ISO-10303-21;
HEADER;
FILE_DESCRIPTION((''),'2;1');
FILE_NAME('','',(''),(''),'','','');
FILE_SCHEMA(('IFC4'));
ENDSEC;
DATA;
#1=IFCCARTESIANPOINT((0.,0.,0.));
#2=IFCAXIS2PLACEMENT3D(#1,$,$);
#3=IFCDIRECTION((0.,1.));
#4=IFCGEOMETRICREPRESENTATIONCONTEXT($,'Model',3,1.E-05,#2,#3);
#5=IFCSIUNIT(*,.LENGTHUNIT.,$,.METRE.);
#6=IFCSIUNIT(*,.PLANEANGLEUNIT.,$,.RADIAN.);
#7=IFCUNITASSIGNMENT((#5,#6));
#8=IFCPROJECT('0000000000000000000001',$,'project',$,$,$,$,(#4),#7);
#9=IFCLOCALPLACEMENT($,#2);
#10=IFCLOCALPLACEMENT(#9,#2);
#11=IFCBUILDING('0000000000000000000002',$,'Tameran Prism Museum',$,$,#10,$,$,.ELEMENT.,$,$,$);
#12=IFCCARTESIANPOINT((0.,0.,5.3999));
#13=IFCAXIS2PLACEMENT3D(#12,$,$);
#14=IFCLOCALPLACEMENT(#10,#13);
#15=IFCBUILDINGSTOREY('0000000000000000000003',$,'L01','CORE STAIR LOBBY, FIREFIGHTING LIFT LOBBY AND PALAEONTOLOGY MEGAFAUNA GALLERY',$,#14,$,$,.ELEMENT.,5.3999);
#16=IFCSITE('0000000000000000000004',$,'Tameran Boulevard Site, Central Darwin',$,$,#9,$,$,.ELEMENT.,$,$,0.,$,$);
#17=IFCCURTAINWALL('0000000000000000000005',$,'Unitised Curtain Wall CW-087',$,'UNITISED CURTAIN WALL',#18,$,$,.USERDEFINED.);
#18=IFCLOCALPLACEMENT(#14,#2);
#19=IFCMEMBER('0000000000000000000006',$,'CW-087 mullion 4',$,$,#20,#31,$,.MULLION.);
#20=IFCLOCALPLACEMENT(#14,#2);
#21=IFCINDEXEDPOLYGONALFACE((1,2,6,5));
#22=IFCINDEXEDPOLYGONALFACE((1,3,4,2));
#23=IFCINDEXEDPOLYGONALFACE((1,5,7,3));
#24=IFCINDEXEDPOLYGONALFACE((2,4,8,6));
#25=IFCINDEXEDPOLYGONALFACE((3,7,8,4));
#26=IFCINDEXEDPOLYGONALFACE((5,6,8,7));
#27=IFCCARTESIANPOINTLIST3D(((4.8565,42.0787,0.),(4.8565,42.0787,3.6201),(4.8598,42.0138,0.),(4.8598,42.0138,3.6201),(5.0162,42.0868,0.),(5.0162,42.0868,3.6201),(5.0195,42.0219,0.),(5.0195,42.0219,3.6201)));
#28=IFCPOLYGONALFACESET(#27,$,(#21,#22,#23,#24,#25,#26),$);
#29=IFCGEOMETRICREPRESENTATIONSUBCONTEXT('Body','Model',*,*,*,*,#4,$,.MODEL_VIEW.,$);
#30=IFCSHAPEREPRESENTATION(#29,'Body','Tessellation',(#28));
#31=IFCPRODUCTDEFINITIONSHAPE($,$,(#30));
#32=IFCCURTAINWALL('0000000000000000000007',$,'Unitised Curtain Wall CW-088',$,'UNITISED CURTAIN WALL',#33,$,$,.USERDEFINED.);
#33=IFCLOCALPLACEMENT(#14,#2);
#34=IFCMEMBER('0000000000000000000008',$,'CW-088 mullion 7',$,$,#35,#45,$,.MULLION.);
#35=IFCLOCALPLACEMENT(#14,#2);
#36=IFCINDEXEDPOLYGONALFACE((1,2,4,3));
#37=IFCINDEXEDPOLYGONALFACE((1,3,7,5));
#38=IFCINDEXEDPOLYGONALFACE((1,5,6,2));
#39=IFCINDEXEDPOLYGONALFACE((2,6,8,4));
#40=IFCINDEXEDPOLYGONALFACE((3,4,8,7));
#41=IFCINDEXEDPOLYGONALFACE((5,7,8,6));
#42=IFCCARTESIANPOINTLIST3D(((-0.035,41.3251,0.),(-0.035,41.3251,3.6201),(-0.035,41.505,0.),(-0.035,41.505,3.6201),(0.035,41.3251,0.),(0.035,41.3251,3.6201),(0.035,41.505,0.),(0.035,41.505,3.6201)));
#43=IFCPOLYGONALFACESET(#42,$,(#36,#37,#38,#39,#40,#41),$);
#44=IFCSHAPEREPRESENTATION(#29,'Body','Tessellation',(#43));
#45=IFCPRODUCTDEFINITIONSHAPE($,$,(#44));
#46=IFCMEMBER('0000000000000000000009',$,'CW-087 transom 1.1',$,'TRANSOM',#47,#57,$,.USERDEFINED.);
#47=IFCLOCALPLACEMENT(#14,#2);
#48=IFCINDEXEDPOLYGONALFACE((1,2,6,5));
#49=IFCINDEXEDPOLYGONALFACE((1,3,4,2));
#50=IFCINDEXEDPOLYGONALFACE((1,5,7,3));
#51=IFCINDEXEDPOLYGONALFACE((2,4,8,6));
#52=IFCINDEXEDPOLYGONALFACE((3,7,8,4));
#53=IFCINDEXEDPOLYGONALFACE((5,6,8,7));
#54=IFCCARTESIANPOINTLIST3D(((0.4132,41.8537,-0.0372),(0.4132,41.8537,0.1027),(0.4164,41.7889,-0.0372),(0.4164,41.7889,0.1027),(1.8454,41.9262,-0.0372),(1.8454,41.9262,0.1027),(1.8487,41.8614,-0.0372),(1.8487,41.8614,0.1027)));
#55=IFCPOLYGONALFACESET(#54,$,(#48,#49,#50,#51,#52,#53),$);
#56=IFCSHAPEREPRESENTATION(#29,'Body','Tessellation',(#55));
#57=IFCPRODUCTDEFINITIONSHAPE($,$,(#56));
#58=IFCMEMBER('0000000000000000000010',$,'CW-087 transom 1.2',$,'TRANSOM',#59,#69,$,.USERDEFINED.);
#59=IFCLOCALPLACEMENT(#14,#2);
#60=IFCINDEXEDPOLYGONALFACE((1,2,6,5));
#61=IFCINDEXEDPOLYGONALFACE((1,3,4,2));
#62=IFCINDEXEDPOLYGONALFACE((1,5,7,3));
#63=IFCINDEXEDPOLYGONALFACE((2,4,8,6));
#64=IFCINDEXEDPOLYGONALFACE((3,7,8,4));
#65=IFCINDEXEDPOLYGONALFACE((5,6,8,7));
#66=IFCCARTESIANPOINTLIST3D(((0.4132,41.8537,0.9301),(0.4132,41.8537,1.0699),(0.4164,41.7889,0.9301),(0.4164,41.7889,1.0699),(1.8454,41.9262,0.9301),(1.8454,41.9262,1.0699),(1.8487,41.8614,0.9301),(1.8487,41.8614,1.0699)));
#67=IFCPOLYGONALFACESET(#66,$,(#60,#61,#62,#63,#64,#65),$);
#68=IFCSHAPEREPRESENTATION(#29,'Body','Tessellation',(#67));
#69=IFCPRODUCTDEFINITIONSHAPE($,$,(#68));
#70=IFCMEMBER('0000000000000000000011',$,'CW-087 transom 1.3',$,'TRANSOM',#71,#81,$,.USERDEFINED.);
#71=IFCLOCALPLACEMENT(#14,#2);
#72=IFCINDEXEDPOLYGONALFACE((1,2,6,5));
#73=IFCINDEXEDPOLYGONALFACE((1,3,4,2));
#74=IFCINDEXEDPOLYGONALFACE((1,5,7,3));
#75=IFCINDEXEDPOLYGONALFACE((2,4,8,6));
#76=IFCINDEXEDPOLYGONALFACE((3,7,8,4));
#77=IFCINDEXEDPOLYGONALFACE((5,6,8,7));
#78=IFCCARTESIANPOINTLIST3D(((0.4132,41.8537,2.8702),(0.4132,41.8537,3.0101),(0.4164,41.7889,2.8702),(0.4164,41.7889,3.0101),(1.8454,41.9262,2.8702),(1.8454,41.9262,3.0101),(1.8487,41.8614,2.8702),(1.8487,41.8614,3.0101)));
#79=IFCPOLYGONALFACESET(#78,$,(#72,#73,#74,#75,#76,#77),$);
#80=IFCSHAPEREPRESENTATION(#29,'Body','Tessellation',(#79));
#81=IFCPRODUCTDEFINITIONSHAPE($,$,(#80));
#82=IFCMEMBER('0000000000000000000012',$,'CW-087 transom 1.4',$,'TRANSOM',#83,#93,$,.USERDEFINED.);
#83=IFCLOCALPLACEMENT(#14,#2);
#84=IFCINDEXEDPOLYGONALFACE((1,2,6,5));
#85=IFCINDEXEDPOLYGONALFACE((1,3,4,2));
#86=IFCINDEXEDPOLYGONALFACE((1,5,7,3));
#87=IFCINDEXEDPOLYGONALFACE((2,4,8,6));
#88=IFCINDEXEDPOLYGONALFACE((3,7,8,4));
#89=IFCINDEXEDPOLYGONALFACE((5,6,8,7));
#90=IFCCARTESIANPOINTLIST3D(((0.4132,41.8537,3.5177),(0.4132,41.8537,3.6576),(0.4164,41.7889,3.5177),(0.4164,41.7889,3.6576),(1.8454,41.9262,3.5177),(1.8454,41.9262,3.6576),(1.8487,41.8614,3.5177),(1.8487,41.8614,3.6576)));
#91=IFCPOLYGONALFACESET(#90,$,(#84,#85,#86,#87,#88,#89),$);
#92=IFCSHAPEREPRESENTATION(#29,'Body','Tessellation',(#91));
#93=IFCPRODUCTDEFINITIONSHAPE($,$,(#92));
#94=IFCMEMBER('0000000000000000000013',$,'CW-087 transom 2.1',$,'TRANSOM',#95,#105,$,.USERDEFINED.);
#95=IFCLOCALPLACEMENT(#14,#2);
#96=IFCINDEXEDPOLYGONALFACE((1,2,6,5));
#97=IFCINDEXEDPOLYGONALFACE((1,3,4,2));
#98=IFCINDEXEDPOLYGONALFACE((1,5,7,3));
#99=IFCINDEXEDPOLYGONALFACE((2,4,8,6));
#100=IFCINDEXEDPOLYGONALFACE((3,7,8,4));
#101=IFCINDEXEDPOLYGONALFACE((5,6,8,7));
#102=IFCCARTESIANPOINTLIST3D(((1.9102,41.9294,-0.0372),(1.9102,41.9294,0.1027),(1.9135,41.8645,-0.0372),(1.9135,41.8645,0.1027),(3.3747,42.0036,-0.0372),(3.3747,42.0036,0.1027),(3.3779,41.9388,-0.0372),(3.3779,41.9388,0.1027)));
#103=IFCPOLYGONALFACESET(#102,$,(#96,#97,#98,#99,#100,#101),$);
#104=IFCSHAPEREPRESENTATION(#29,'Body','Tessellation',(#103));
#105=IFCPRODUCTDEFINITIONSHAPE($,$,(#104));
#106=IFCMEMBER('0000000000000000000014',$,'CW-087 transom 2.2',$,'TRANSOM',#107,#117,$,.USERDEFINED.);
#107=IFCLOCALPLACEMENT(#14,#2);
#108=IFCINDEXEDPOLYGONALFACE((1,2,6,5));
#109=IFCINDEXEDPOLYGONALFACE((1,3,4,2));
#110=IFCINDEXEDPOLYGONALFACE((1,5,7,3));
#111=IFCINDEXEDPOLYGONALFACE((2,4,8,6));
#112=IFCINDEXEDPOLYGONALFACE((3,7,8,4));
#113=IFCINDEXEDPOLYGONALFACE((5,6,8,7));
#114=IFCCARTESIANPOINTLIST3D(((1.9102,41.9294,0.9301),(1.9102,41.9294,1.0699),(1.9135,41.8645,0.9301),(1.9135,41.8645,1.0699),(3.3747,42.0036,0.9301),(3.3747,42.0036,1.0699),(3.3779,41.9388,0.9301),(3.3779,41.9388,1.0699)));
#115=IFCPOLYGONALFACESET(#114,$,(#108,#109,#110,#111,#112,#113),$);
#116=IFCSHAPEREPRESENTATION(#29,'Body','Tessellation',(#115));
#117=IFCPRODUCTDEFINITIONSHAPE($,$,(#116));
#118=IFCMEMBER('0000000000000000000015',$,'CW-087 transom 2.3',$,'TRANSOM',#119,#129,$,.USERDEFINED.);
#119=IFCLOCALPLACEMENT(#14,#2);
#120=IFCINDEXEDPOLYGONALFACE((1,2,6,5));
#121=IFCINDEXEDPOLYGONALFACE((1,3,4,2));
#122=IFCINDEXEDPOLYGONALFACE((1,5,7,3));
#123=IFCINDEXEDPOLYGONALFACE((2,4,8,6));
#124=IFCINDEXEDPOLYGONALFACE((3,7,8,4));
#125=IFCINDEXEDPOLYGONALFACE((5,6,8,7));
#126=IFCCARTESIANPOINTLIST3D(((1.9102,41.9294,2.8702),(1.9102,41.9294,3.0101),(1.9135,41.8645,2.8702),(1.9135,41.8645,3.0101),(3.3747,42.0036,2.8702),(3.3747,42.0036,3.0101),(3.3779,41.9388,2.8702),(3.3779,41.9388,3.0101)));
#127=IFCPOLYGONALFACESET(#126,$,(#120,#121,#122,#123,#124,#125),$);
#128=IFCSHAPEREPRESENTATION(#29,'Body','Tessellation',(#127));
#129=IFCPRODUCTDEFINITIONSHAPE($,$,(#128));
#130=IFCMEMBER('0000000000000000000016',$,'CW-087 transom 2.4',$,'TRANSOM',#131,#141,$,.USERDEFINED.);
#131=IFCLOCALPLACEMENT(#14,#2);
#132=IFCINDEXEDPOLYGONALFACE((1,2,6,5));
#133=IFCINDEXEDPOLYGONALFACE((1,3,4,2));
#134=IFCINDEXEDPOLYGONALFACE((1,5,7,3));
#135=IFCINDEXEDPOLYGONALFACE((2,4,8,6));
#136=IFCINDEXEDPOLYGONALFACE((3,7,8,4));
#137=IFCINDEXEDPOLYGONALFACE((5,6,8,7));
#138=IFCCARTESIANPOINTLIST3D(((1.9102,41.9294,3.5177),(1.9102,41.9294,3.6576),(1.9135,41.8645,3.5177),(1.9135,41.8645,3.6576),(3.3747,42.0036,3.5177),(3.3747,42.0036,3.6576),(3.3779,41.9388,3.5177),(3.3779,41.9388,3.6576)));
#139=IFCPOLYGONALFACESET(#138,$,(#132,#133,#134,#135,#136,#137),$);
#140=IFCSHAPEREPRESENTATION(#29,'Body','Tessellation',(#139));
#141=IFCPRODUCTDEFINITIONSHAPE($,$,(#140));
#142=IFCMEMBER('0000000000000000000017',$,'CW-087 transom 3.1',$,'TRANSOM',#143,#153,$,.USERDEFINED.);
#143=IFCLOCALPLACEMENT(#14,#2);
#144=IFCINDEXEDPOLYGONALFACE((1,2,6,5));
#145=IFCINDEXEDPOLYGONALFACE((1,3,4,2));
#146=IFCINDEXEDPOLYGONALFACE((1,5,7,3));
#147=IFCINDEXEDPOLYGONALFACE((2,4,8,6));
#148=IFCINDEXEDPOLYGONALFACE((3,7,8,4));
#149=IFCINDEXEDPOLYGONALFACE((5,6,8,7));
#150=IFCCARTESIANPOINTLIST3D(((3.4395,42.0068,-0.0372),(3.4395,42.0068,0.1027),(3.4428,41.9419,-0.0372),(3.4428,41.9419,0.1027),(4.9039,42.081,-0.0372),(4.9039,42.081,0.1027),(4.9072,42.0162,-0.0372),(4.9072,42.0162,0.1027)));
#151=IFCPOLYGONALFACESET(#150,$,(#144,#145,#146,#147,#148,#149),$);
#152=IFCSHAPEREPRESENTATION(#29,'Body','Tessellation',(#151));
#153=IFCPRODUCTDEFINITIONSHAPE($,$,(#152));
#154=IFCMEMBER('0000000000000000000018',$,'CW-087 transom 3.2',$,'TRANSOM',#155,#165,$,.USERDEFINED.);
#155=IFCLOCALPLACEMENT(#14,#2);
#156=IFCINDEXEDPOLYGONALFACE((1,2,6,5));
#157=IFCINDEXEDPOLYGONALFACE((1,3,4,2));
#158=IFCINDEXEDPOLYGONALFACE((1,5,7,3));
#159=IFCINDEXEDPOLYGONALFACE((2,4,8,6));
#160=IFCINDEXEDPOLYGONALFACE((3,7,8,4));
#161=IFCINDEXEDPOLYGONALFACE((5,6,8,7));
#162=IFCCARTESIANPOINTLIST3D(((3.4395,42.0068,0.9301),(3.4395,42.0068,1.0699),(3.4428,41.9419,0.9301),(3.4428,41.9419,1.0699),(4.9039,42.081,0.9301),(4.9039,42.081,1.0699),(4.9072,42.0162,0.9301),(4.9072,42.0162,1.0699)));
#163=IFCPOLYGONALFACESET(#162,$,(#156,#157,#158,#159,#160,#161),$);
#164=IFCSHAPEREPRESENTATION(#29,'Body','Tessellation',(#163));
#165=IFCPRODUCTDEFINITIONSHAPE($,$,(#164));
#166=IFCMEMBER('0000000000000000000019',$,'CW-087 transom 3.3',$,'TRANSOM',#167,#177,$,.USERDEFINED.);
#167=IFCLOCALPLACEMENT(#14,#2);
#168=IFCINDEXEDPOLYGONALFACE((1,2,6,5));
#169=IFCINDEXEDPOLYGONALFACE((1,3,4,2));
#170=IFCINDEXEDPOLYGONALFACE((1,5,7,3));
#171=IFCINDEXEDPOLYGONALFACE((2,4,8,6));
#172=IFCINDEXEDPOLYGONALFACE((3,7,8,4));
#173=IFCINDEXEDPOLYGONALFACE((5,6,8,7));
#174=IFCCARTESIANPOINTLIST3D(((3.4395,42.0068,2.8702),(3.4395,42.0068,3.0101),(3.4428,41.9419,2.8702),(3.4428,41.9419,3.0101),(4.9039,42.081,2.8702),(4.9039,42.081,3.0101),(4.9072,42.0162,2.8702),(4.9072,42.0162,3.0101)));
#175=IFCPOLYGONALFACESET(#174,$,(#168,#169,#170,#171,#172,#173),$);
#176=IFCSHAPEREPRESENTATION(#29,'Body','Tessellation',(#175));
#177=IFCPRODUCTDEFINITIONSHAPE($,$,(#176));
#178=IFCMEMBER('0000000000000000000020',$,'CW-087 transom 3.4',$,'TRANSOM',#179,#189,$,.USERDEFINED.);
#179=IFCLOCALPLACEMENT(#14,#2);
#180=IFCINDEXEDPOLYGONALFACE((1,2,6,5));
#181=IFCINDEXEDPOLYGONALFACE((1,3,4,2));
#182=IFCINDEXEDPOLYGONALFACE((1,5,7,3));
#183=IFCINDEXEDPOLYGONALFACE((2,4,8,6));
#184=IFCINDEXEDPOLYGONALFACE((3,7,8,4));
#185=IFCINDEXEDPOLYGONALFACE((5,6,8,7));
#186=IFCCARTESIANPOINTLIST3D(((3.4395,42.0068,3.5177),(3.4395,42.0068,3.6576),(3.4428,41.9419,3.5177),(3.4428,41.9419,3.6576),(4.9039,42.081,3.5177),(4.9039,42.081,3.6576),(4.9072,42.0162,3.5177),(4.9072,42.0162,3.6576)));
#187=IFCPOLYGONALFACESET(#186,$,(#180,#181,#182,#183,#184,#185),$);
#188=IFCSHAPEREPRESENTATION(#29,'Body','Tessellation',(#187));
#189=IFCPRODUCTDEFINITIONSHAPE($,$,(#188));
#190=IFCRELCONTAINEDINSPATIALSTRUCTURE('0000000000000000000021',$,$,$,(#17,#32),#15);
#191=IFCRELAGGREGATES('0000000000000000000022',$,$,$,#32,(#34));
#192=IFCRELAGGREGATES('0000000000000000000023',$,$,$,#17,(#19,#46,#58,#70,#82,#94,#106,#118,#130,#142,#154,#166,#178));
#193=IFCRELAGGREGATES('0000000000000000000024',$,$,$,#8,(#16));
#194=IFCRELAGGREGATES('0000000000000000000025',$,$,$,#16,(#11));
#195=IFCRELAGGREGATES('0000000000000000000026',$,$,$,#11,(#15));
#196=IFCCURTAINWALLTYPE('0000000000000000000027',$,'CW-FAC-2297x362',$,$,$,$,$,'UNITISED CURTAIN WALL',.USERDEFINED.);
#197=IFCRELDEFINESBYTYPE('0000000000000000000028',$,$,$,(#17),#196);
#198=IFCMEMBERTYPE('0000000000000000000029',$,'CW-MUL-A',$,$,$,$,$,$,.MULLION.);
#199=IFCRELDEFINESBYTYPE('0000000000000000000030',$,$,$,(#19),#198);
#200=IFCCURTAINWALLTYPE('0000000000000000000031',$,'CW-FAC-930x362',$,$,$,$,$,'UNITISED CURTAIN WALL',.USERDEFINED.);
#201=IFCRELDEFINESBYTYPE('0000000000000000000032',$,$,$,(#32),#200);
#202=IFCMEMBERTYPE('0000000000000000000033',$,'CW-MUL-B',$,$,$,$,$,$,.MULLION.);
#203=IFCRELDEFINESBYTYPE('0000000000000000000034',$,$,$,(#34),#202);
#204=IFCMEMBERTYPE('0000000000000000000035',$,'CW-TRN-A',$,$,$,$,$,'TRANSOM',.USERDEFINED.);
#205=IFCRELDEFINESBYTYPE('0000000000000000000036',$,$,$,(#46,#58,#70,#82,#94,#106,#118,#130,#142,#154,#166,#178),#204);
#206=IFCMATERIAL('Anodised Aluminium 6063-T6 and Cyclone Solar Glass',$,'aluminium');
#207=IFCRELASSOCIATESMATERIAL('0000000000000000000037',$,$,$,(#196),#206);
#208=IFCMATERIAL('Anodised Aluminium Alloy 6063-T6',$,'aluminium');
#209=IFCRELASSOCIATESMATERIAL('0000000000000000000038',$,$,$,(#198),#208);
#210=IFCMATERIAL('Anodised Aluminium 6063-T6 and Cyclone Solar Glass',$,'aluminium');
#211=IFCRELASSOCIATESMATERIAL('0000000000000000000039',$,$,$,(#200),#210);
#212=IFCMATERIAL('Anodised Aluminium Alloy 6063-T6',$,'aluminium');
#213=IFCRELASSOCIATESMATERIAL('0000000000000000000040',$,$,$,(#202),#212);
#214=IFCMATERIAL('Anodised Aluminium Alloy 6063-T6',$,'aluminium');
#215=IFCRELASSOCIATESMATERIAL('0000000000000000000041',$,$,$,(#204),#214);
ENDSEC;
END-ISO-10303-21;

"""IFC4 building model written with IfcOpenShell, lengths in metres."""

from ifc_helpers import new_model, si_unit, direction, frame, origin, origin_2d, place, context, subcontext, project, spatial, rectangle, extrude, material, material_profile, profile_set, type_object, element, aggregate, save


model = new_model("IFC4")

# Units and contexts
model_context = context("Model", 3, precision=1e-05, world=origin(), true_north=direction((0.0, 1.0)))
body_context = subcontext(model_context, "Body", "Model", "MODEL_VIEW")
ifc_project = project(units=[si_unit("LENGTHUNIT", "METRE"), si_unit("PLANEANGLEUNIT", "RADIAN")], contexts=[model_context])

# Site, building, storey
site_placement = place(None, origin())
site = spatial("IfcSite", under=ifc_project, at=site_placement, Name="Tameran Boulevard Site, Central Darwin", CompositionType="ELEMENT", RefElevation=0.0)
building_placement = place(site_placement, origin())
building = spatial("IfcBuilding", under=site, at=building_placement, Name="Tameran Prism Museum", CompositionType="ELEMENT")
storey_placement = place(building_placement, frame((0.0, 0.0, 5.3999)))
storey = spatial("IfcBuildingStorey", under=building, at=storey_placement, Name="L01", Description="CORE STAIR LOBBY, FIREFIGHTING LIFT LOBBY AND PALAEONTOLOGY MEGAFAUNA GALLERY", CompositionType="ELEMENT", Elevation=5.3999)

# Curtain wall, member
ifc_material_1 = material(Name="Anodised Aluminium 6063-T6 and Cyclone Solar Glass", Category="aluminium")
curtain_wall_type_1 = type_object("IfcCurtainWallType", Name="CW-FAC-2297x362", ElementType="UNITISED CURTAIN WALL", PredefinedType="USERDEFINED", material=ifc_material_1)
curtain_wall_1_placement = place(storey_placement, origin())
curtain_wall_1 = element("IfcCurtainWall", 1, at=curtain_wall_1_placement, inside=storey, type_object=curtain_wall_type_1, Name="Unitised Curtain Wall CW-087", ObjectType="UNITISED CURTAIN WALL", PredefinedType="USERDEFINED")
ifc_material_2 = material(Name="Anodised Aluminium Alloy 6063-T6", Category="aluminium")
ifc_material_profile_1 = material_profile(ifc_material_2, rectangle(XDim=0.0649, YDim=0.1599, at=origin_2d()))
ifc_profile_set_1 = profile_set([ifc_material_profile_1])
member_type_1 = type_object("IfcMemberType", Name="CW-MUL-A", PredefinedType="MULLION", material=ifc_profile_set_1)
member_1_placement = place(storey_placement, frame((4.938, 42.0503, 0.0), z_axis=(0.0, 0.0, 1.0), x_axis=(-0.050546, 0.998722, 0.0)))
member_1 = element("IfcMember", 2, at=member_1_placement, type_object=member_type_1, Name="CW-087 mullion 4", PredefinedType="MULLION", context=body_context, shape_type="SweptSolid", body=[
    extrude(rectangle(XDim=0.0649, YDim=0.1599, at=origin_2d()), origin(), (0.0, 0.0, 1.0), 3.6201),
])

# Curtain wall, member
ifc_material_3 = material(Name="Anodised Aluminium 6063-T6 and Cyclone Solar Glass", Category="aluminium")
curtain_wall_type_2 = type_object("IfcCurtainWallType", Name="CW-FAC-930x362", ElementType="UNITISED CURTAIN WALL", PredefinedType="USERDEFINED", material=ifc_material_3)
curtain_wall_2_placement = place(storey_placement, origin())
curtain_wall_2 = element("IfcCurtainWall", 3, at=curtain_wall_2_placement, inside=storey, type_object=curtain_wall_type_2, Name="Unitised Curtain Wall CW-088", ObjectType="UNITISED CURTAIN WALL", PredefinedType="USERDEFINED")
ifc_material_4 = material(Name="Anodised Aluminium Alloy 6063-T6", Category="aluminium")
ifc_material_profile_2 = material_profile(ifc_material_4, rectangle(XDim=0.0701, YDim=0.1799, at=origin_2d()))
ifc_profile_set_2 = profile_set([ifc_material_profile_2])
member_type_2 = type_object("IfcMemberType", Name="CW-MUL-B", PredefinedType="MULLION", material=ifc_profile_set_2)
member_2_placement = place(storey_placement, frame((0.0, 41.415, 0.0), z_axis=(0.0, 0.0, 1.0), x_axis=(-1.0, 0.0, 0.0)))
member_2 = element("IfcMember", 4, at=member_2_placement, type_object=member_type_2, Name="CW-088 mullion 7", PredefinedType="MULLION", context=body_context, shape_type="SweptSolid", body=[
    extrude(rectangle(XDim=0.0701, YDim=0.1799, at=origin_2d()), origin(), (0.0, 0.0, 1.0), 3.6201),
])
aggregate(curtain_wall_2, [member_2])

# Members
ifc_material_5 = material(Name="Anodised Aluminium Alloy 6063-T6", Category="aluminium")
ifc_material_profile_3 = material_profile(ifc_material_5, rectangle(XDim=0.0649, YDim=0.1399, at=origin_2d()))
ifc_profile_set_3 = profile_set([ifc_material_profile_3])
member_type_3 = type_object("IfcMemberType", Name="CW-TRN-A", ElementType="TRANSOM", PredefinedType="USERDEFINED", material=ifc_profile_set_3)
member_3_placement = place(storey_placement, frame((0.4148, 41.8213, 0.0327), z_axis=(0.998721, 0.050566, 0.0), x_axis=(-0.050566, 0.998721, 0.0)))
member_3 = element("IfcMember", 5, at=member_3_placement, type_object=member_type_3, Name="CW-087 transom 1.1", ObjectType="TRANSOM", PredefinedType="USERDEFINED", context=body_context, shape_type="SweptSolid", body=[
    extrude(rectangle(XDim=0.0649, YDim=0.1399, at=origin_2d()), origin(), (0.0, 0.0, 1.0), 1.4341),
])
member_4_placement = place(storey_placement, frame((0.4148, 41.8213, 1.0), z_axis=(0.998721, 0.050566, 0.0), x_axis=(-0.050566, 0.998721, 0.0)))
member_4 = element("IfcMember", 6, at=member_4_placement, type_object=member_type_3, Name="CW-087 transom 1.2", ObjectType="TRANSOM", PredefinedType="USERDEFINED", context=body_context, shape_type="SweptSolid", body=[
    extrude(rectangle(XDim=0.0649, YDim=0.1399, at=origin_2d()), origin(), (0.0, 0.0, 1.0), 1.4341),
])
member_5_placement = place(storey_placement, frame((0.4148, 41.8213, 2.9402), z_axis=(0.998721, 0.050566, 0.0), x_axis=(-0.050566, 0.998721, 0.0)))
member_5 = element("IfcMember", 7, at=member_5_placement, type_object=member_type_3, Name="CW-087 transom 1.3", ObjectType="TRANSOM", PredefinedType="USERDEFINED", context=body_context, shape_type="SweptSolid", body=[
    extrude(rectangle(XDim=0.0649, YDim=0.1399, at=origin_2d()), origin(), (0.0, 0.0, 1.0), 1.4341),
])
member_6_placement = place(storey_placement, frame((0.4148, 41.8213, 3.5876), z_axis=(0.998721, 0.050566, 0.0), x_axis=(-0.050566, 0.998721, 0.0)))
member_6 = element("IfcMember", 8, at=member_6_placement, type_object=member_type_3, Name="CW-087 transom 1.4", ObjectType="TRANSOM", PredefinedType="USERDEFINED", context=body_context, shape_type="SweptSolid", body=[
    extrude(rectangle(XDim=0.0649, YDim=0.1399, at=origin_2d()), origin(), (0.0, 0.0, 1.0), 1.4341),
])
member_7_placement = place(storey_placement, frame((1.9119, 41.897, 0.0327), z_axis=(0.998718, 0.050619, 0.0), x_axis=(-0.050619, 0.998718, 0.0)))
member_7 = element("IfcMember", 9, at=member_7_placement, type_object=member_type_3, Name="CW-087 transom 2.1", ObjectType="TRANSOM", PredefinedType="USERDEFINED", context=body_context, shape_type="SweptSolid", body=[
    extrude(rectangle(XDim=0.0649, YDim=0.1399, at=origin_2d()), origin(), (0.0, 0.0, 1.0), 1.4663),
])
member_8_placement = place(storey_placement, frame((1.9119, 41.897, 1.0), z_axis=(0.998718, 0.050619, 0.0), x_axis=(-0.050619, 0.998718, 0.0)))
member_8 = element("IfcMember", 10, at=member_8_placement, type_object=member_type_3, Name="CW-087 transom 2.2", ObjectType="TRANSOM", PredefinedType="USERDEFINED", context=body_context, shape_type="SweptSolid", body=[
    extrude(rectangle(XDim=0.0649, YDim=0.1399, at=origin_2d()), origin(), (0.0, 0.0, 1.0), 1.4663),
])
member_9_placement = place(storey_placement, frame((1.9119, 41.897, 2.9402), z_axis=(0.998718, 0.050619, 0.0), x_axis=(-0.050619, 0.998718, 0.0)))
member_9 = element("IfcMember", 11, at=member_9_placement, type_object=member_type_3, Name="CW-087 transom 2.3", ObjectType="TRANSOM", PredefinedType="USERDEFINED", context=body_context, shape_type="SweptSolid", body=[
    extrude(rectangle(XDim=0.0649, YDim=0.1399, at=origin_2d()), origin(), (0.0, 0.0, 1.0), 1.4663),
])
member_10_placement = place(storey_placement, frame((1.9119, 41.897, 3.5876), z_axis=(0.998718, 0.050619, 0.0), x_axis=(-0.050619, 0.998718, 0.0)))
member_10 = element("IfcMember", 12, at=member_10_placement, type_object=member_type_3, Name="CW-087 transom 2.4", ObjectType="TRANSOM", PredefinedType="USERDEFINED", context=body_context, shape_type="SweptSolid", body=[
    extrude(rectangle(XDim=0.0649, YDim=0.1399, at=origin_2d()), origin(), (0.0, 0.0, 1.0), 1.4663),
])
member_11_placement = place(storey_placement, frame((3.4412, 41.9744, 0.0327), z_axis=(0.998718, 0.050619, 0.0), x_axis=(-0.050619, 0.998718, 0.0)))
member_11 = element("IfcMember", 13, at=member_11_placement, type_object=member_type_3, Name="CW-087 transom 3.1", ObjectType="TRANSOM", PredefinedType="USERDEFINED", context=body_context, shape_type="SweptSolid", body=[
    extrude(rectangle(XDim=0.0649, YDim=0.1399, at=origin_2d()), origin(), (0.0, 0.0, 1.0), 1.4663),
])
member_12_placement = place(storey_placement, frame((3.4412, 41.9744, 1.0), z_axis=(0.998718, 0.050619, 0.0), x_axis=(-0.050619, 0.998718, 0.0)))
member_12 = element("IfcMember", 14, at=member_12_placement, type_object=member_type_3, Name="CW-087 transom 3.2", ObjectType="TRANSOM", PredefinedType="USERDEFINED", context=body_context, shape_type="SweptSolid", body=[
    extrude(rectangle(XDim=0.0649, YDim=0.1399, at=origin_2d()), origin(), (0.0, 0.0, 1.0), 1.4663),
])
member_13_placement = place(storey_placement, frame((3.4412, 41.9744, 2.9402), z_axis=(0.998718, 0.050619, 0.0), x_axis=(-0.050619, 0.998718, 0.0)))
member_13 = element("IfcMember", 15, at=member_13_placement, type_object=member_type_3, Name="CW-087 transom 3.3", ObjectType="TRANSOM", PredefinedType="USERDEFINED", context=body_context, shape_type="SweptSolid", body=[
    extrude(rectangle(XDim=0.0649, YDim=0.1399, at=origin_2d()), origin(), (0.0, 0.0, 1.0), 1.4663),
])
member_14_placement = place(storey_placement, frame((3.4412, 41.9744, 3.5876), z_axis=(0.998718, 0.050619, 0.0), x_axis=(-0.050619, 0.998718, 0.0)))
member_14 = element("IfcMember", 16, at=member_14_placement, type_object=member_type_3, Name="CW-087 transom 3.4", ObjectType="TRANSOM", PredefinedType="USERDEFINED", context=body_context, shape_type="SweptSolid", body=[
    extrude(rectangle(XDim=0.0649, YDim=0.1399, at=origin_2d()), origin(), (0.0, 0.0, 1.0), 1.4663),
])

aggregate(curtain_wall_1, [member_1, member_3, member_4, member_5, member_6, member_7, member_8, member_9, member_10, member_11, member_12, member_13, member_14])

save(model, "model.ifc")
